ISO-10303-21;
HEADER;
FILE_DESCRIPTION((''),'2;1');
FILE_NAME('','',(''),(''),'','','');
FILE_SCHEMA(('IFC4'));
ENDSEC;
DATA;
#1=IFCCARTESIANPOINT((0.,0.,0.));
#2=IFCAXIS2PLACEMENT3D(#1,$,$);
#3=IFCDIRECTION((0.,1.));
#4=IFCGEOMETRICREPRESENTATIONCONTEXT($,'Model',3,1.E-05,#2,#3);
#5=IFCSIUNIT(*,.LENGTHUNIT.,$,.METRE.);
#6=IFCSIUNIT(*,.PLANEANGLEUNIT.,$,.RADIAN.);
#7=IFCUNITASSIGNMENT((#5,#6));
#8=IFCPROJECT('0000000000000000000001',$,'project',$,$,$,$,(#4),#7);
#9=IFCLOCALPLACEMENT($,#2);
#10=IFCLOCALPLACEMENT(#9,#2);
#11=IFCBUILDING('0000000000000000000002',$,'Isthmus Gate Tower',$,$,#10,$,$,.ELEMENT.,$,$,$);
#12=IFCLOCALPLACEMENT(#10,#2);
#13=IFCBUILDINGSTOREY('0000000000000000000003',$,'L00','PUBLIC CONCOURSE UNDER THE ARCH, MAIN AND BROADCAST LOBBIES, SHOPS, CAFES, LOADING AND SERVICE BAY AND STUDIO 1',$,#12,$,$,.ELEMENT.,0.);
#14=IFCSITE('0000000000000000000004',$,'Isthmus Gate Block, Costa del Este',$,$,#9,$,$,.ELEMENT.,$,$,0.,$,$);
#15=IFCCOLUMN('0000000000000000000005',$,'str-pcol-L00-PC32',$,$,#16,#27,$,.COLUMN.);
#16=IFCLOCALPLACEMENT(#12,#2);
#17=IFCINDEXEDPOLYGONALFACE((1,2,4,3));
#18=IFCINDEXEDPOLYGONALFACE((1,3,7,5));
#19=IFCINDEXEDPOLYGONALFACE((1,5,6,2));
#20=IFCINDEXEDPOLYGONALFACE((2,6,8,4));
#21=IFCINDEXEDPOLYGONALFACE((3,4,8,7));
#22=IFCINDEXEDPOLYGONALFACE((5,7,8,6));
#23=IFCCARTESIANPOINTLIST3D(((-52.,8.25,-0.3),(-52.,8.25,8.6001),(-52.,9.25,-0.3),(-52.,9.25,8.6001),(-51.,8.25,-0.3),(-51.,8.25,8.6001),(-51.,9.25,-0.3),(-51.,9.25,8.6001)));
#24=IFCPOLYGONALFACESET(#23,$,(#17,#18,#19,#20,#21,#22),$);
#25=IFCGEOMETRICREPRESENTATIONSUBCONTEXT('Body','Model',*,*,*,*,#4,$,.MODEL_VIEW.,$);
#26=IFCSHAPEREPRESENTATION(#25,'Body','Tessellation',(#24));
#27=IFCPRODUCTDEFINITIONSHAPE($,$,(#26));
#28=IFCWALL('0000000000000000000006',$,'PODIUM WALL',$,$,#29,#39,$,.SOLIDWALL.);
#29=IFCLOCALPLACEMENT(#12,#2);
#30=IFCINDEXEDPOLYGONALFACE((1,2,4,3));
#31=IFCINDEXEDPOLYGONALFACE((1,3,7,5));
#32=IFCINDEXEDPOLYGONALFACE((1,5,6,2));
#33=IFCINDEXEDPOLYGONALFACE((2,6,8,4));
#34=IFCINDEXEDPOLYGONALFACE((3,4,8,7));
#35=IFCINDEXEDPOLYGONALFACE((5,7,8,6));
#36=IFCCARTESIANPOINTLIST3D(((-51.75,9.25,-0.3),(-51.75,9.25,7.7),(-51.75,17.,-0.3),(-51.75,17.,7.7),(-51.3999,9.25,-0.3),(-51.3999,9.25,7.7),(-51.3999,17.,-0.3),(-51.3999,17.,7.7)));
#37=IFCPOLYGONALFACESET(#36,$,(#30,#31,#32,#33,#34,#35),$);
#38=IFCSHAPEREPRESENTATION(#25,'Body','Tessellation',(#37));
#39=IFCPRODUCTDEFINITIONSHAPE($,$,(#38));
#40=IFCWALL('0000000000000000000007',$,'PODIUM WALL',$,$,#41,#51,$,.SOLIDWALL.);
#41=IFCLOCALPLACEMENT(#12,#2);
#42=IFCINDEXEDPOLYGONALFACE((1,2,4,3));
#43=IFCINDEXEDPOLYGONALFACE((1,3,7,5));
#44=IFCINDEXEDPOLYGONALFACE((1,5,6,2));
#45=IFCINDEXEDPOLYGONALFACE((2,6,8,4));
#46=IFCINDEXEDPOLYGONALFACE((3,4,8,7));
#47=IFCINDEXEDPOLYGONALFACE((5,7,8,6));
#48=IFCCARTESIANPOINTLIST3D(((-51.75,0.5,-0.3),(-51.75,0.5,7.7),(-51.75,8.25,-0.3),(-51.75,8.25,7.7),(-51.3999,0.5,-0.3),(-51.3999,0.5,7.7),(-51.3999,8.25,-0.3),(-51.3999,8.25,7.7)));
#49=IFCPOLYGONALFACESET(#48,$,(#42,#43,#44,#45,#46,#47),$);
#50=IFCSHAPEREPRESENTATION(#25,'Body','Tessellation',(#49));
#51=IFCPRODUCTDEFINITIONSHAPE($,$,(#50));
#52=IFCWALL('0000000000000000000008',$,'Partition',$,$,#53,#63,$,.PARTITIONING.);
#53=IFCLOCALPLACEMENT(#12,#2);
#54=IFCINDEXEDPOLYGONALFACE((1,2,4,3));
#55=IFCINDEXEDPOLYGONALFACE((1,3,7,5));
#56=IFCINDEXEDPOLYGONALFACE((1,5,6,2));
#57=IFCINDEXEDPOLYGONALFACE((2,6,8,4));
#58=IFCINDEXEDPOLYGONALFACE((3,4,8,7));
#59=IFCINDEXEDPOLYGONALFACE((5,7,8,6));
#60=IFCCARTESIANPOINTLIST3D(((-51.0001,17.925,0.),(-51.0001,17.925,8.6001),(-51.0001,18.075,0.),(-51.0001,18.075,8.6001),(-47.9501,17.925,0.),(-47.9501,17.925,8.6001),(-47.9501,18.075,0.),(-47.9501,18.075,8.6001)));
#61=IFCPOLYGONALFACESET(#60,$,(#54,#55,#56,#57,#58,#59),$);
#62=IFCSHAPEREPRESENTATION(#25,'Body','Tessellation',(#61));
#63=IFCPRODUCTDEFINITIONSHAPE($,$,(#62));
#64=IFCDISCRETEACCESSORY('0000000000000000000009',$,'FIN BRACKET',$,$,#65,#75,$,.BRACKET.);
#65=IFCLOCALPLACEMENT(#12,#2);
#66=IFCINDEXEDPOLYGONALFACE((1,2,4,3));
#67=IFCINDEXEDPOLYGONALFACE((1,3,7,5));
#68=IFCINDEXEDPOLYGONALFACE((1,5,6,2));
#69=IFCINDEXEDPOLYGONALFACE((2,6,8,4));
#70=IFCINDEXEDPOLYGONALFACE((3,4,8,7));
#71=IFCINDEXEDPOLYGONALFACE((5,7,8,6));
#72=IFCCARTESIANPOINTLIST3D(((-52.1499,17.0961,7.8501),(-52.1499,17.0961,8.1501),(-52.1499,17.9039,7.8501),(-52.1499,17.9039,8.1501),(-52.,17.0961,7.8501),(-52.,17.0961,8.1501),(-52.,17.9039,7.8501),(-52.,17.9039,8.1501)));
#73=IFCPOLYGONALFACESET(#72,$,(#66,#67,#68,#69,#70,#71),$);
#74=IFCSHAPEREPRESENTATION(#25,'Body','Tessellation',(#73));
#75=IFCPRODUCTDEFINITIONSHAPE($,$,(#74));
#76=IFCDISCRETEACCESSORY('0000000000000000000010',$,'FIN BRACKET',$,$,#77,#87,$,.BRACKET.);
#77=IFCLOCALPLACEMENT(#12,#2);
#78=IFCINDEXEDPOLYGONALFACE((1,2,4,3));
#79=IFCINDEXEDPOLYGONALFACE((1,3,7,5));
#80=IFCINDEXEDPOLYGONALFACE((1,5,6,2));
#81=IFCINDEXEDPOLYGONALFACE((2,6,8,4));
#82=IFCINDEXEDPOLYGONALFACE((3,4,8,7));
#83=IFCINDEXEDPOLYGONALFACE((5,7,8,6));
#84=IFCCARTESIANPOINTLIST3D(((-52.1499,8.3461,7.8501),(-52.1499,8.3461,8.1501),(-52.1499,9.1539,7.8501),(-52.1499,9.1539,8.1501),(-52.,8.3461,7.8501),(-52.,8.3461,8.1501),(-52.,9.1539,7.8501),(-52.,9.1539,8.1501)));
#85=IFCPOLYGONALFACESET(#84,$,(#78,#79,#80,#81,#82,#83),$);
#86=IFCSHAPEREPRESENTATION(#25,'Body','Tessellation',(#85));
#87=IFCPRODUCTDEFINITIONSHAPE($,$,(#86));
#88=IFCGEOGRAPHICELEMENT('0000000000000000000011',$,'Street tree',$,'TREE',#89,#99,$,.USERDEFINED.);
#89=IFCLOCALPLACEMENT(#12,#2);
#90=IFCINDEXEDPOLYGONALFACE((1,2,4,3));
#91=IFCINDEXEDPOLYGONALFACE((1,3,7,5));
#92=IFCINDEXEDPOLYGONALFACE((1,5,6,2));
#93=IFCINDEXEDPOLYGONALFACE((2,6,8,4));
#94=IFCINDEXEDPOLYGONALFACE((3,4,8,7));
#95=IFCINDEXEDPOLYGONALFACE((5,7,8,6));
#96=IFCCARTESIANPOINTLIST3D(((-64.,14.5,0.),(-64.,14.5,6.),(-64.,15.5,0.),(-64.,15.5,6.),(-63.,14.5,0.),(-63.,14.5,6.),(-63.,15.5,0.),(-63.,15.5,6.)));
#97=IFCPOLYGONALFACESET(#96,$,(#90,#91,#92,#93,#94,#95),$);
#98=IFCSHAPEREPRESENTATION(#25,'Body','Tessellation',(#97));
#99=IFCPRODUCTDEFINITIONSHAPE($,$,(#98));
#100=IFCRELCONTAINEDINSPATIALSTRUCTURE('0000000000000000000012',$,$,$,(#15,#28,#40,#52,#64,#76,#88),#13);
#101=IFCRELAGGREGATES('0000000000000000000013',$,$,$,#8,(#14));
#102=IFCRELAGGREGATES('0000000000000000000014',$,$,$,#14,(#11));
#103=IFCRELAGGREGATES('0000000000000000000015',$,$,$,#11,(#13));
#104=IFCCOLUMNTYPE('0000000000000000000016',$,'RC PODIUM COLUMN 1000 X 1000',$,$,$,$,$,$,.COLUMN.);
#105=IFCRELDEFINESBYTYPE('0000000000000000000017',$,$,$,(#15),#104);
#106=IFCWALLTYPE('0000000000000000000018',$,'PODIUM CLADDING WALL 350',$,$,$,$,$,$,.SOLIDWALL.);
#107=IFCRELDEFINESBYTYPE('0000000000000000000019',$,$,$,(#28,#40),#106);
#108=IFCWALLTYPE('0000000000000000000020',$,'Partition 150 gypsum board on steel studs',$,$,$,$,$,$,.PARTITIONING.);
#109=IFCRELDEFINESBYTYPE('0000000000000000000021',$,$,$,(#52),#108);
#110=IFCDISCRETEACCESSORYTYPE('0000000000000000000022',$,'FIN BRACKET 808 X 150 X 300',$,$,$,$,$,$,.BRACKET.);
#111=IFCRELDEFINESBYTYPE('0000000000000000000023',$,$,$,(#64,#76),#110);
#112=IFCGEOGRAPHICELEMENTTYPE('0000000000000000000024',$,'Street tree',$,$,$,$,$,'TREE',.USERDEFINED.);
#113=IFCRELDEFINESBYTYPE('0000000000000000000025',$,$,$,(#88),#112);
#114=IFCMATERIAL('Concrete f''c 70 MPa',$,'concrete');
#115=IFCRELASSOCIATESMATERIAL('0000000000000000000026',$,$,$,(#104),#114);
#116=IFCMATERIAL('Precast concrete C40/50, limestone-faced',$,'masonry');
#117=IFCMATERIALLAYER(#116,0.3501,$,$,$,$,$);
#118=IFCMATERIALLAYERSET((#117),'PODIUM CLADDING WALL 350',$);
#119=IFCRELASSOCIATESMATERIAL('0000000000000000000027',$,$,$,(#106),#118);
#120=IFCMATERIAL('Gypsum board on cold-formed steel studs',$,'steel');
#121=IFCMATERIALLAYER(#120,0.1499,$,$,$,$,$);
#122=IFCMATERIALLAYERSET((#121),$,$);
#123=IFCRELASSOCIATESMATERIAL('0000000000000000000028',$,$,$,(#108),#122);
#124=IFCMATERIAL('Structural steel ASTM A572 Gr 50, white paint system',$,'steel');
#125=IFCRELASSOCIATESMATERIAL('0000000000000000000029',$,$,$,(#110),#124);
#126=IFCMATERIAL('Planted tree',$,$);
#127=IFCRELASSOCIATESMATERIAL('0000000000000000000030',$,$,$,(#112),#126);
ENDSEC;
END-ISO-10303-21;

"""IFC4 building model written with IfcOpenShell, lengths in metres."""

from ifc_helpers import new_model, si_unit, direction, frame, frame_2d, origin, origin_2d, place, context, subcontext, project, spatial, rectangle, extrude, material, layer, layer_set, material_profile, profile_set, type_object, element, save


model = new_model("IFC4")

# Units and contexts
model_context = context("Model", 3, precision=1e-05, world=origin(), true_north=direction((0.0, 1.0)))
body_context = subcontext(model_context, "Body", "Model", "MODEL_VIEW")
ifc_project = project(units=[si_unit("LENGTHUNIT", "METRE"), si_unit("PLANEANGLEUNIT", "RADIAN")], contexts=[model_context])

# Site, building, storey
site_placement = place(None, origin())
site = spatial("IfcSite", under=ifc_project, at=site_placement, Name="Isthmus Gate Block, Costa del Este", CompositionType="ELEMENT", RefElevation=0.0)
building_placement = place(site_placement, origin())
building = spatial("IfcBuilding", under=site, at=building_placement, Name="Isthmus Gate Tower", CompositionType="ELEMENT")
storey_placement = place(building_placement, origin())
storey = spatial("IfcBuildingStorey", under=building, at=storey_placement, Name="L00", Description="PUBLIC CONCOURSE UNDER THE ARCH, MAIN AND BROADCAST LOBBIES, SHOPS, CAFES, LOADING AND SERVICE BAY AND STUDIO 1", CompositionType="ELEMENT", Elevation=0.0)

# Column
ifc_material_1 = material(Name="Concrete f'c 70 MPa", Category="concrete")
ifc_material_profile_1 = material_profile(ifc_material_1, rectangle(XDim=1.0, YDim=1.0, at=origin_2d()), Name="RC 1000X1000")
ifc_profile_set_1 = profile_set([ifc_material_profile_1], Name="Concrete f'c 70 MPa")
column_type = type_object("IfcColumnType", Name="RC PODIUM COLUMN 1000 X 1000", PredefinedType="COLUMN", material=ifc_profile_set_1)
for number, where, z_axis, x_axis, name in (
    (1, (-51.5, 8.75, -0.3), (0.0, 0.0, 1.0), (0.0, -1.0, 0.0), "str-pcol-L00-PC32"),
):
    element("IfcColumn", number, at=place(storey_placement, frame(where, z_axis=z_axis, x_axis=x_axis)), inside=storey, type_object=column_type, Name=name, PredefinedType="COLUMN", context=body_context, shape_type="SweptSolid", body=[
        extrude(rectangle(XDim=1.0, YDim=1.0, at=origin_2d()), origin(), (0.0, 0.0, 1.0), 8.9001),
    ])

# Walls
ifc_material_2 = material(Name="Precast concrete C40/50, limestone-faced", Category="masonry")
ifc_layer_1 = layer(ifc_material_2, 0.3501)
ifc_layer_set_1 = layer_set([ifc_layer_1], Name="PODIUM CLADDING WALL 350")
wall_type_1 = type_object("IfcWallType", Name="PODIUM CLADDING WALL 350", PredefinedType="SOLIDWALL", material=ifc_layer_set_1)
for number, where, z_axis, x_axis, name in (
    (2, (-51.575, 17.0, -0.3), (0.0, 0.0, 1.0), (0.0, -1.0, 0.0), "PODIUM WALL"),
    (3, (-51.575, 8.25, -0.3), (0.0, 0.0, 1.0), (0.0, -1.0, 0.0), "PODIUM WALL"),
):
    element("IfcWall", number, at=place(storey_placement, frame(where, z_axis=z_axis, x_axis=x_axis)), inside=storey, type_object=wall_type_1, Name=name, PredefinedType="SOLIDWALL", context=body_context, shape_type="SweptSolid", body=[
        extrude(rectangle(XDim=7.75, YDim=0.3501, at=frame_2d((3.875, 0.0))), origin(), (0.0, 0.0, 1.0), 8.0),
    ])
ifc_material_3 = material(Name="Gypsum board on cold-formed steel studs", Category="steel")
ifc_layer_2 = layer(ifc_material_3, 0.1499)
ifc_layer_set_2 = layer_set([ifc_layer_2])
wall_type_2 = type_object("IfcWallType", Name="Partition 150 gypsum board on steel studs", PredefinedType="PARTITIONING", material=ifc_layer_set_2)
wall_1_placement = place(storey_placement, frame((-51.0, 18.0, 0.0), z_axis=(0.0, 0.0, 1.0), x_axis=(1.0, 0.0, 0.0)))
element("IfcWall", 4, at=wall_1_placement, inside=storey, type_object=wall_type_2, Name="Partition", PredefinedType="PARTITIONING", context=body_context, shape_type="SweptSolid", body=[
    extrude(rectangle(XDim=3.05, YDim=0.1499, at=frame_2d((1.5249, 0.0))), origin(), (0.0, 0.0, 1.0), 8.6001),
])

# Discrete accessories
ifc_material_4 = material(Name="Structural steel ASTM A572 Gr 50, white paint system", Category="steel")
discrete_accessory_type = type_object("IfcDiscreteAccessoryType", Name="FIN BRACKET 808 X 150 X 300", PredefinedType="BRACKET", material=ifc_material_4)
for number, where, z_axis, x_axis, name in (
    (5, (-52.075, 17.5, 7.8501), (0.0, 0.0, 1.0), (-1.0, 0.0, 0.0), "FIN BRACKET"),
    (6, (-52.075, 8.75, 7.8501), (0.0, 0.0, 1.0), (-1.0, 0.0, 0.0), "FIN BRACKET"),
):
    element("IfcDiscreteAccessory", number, at=place(storey_placement, frame(where, z_axis=z_axis, x_axis=x_axis)), inside=storey, type_object=discrete_accessory_type, Name=name, PredefinedType="BRACKET", context=body_context, shape_type="SweptSolid", body=[
        extrude(rectangle(XDim=0.1499, YDim=0.8079, at=origin_2d()), origin(), (0.0, 0.0, 1.0), 0.3),
    ])

# Geographic element
ifc_material_5 = material(Name="Planted tree")
geographic_element_type = type_object("IfcGeographicElementType", Name="Street tree", ElementType="TREE", PredefinedType="USERDEFINED", material=ifc_material_5)
geographic_element_placement = place(storey_placement, frame((-63.5, 15.0, 0.0), z_axis=(0.0, 0.0, 1.0), x_axis=(1.0, 0.0, 0.0)))
element("IfcGeographicElement", 7, at=geographic_element_placement, inside=storey, type_object=geographic_element_type, Name="Street tree", ObjectType="TREE", PredefinedType="USERDEFINED", context=body_context, shape_type="SweptSolid", body=[
    extrude(rectangle(XDim=1.0, YDim=1.0, at=origin_2d()), origin(), (0.0, 0.0, 1.0), 6.0),
])

save(model, "model.ifc")
